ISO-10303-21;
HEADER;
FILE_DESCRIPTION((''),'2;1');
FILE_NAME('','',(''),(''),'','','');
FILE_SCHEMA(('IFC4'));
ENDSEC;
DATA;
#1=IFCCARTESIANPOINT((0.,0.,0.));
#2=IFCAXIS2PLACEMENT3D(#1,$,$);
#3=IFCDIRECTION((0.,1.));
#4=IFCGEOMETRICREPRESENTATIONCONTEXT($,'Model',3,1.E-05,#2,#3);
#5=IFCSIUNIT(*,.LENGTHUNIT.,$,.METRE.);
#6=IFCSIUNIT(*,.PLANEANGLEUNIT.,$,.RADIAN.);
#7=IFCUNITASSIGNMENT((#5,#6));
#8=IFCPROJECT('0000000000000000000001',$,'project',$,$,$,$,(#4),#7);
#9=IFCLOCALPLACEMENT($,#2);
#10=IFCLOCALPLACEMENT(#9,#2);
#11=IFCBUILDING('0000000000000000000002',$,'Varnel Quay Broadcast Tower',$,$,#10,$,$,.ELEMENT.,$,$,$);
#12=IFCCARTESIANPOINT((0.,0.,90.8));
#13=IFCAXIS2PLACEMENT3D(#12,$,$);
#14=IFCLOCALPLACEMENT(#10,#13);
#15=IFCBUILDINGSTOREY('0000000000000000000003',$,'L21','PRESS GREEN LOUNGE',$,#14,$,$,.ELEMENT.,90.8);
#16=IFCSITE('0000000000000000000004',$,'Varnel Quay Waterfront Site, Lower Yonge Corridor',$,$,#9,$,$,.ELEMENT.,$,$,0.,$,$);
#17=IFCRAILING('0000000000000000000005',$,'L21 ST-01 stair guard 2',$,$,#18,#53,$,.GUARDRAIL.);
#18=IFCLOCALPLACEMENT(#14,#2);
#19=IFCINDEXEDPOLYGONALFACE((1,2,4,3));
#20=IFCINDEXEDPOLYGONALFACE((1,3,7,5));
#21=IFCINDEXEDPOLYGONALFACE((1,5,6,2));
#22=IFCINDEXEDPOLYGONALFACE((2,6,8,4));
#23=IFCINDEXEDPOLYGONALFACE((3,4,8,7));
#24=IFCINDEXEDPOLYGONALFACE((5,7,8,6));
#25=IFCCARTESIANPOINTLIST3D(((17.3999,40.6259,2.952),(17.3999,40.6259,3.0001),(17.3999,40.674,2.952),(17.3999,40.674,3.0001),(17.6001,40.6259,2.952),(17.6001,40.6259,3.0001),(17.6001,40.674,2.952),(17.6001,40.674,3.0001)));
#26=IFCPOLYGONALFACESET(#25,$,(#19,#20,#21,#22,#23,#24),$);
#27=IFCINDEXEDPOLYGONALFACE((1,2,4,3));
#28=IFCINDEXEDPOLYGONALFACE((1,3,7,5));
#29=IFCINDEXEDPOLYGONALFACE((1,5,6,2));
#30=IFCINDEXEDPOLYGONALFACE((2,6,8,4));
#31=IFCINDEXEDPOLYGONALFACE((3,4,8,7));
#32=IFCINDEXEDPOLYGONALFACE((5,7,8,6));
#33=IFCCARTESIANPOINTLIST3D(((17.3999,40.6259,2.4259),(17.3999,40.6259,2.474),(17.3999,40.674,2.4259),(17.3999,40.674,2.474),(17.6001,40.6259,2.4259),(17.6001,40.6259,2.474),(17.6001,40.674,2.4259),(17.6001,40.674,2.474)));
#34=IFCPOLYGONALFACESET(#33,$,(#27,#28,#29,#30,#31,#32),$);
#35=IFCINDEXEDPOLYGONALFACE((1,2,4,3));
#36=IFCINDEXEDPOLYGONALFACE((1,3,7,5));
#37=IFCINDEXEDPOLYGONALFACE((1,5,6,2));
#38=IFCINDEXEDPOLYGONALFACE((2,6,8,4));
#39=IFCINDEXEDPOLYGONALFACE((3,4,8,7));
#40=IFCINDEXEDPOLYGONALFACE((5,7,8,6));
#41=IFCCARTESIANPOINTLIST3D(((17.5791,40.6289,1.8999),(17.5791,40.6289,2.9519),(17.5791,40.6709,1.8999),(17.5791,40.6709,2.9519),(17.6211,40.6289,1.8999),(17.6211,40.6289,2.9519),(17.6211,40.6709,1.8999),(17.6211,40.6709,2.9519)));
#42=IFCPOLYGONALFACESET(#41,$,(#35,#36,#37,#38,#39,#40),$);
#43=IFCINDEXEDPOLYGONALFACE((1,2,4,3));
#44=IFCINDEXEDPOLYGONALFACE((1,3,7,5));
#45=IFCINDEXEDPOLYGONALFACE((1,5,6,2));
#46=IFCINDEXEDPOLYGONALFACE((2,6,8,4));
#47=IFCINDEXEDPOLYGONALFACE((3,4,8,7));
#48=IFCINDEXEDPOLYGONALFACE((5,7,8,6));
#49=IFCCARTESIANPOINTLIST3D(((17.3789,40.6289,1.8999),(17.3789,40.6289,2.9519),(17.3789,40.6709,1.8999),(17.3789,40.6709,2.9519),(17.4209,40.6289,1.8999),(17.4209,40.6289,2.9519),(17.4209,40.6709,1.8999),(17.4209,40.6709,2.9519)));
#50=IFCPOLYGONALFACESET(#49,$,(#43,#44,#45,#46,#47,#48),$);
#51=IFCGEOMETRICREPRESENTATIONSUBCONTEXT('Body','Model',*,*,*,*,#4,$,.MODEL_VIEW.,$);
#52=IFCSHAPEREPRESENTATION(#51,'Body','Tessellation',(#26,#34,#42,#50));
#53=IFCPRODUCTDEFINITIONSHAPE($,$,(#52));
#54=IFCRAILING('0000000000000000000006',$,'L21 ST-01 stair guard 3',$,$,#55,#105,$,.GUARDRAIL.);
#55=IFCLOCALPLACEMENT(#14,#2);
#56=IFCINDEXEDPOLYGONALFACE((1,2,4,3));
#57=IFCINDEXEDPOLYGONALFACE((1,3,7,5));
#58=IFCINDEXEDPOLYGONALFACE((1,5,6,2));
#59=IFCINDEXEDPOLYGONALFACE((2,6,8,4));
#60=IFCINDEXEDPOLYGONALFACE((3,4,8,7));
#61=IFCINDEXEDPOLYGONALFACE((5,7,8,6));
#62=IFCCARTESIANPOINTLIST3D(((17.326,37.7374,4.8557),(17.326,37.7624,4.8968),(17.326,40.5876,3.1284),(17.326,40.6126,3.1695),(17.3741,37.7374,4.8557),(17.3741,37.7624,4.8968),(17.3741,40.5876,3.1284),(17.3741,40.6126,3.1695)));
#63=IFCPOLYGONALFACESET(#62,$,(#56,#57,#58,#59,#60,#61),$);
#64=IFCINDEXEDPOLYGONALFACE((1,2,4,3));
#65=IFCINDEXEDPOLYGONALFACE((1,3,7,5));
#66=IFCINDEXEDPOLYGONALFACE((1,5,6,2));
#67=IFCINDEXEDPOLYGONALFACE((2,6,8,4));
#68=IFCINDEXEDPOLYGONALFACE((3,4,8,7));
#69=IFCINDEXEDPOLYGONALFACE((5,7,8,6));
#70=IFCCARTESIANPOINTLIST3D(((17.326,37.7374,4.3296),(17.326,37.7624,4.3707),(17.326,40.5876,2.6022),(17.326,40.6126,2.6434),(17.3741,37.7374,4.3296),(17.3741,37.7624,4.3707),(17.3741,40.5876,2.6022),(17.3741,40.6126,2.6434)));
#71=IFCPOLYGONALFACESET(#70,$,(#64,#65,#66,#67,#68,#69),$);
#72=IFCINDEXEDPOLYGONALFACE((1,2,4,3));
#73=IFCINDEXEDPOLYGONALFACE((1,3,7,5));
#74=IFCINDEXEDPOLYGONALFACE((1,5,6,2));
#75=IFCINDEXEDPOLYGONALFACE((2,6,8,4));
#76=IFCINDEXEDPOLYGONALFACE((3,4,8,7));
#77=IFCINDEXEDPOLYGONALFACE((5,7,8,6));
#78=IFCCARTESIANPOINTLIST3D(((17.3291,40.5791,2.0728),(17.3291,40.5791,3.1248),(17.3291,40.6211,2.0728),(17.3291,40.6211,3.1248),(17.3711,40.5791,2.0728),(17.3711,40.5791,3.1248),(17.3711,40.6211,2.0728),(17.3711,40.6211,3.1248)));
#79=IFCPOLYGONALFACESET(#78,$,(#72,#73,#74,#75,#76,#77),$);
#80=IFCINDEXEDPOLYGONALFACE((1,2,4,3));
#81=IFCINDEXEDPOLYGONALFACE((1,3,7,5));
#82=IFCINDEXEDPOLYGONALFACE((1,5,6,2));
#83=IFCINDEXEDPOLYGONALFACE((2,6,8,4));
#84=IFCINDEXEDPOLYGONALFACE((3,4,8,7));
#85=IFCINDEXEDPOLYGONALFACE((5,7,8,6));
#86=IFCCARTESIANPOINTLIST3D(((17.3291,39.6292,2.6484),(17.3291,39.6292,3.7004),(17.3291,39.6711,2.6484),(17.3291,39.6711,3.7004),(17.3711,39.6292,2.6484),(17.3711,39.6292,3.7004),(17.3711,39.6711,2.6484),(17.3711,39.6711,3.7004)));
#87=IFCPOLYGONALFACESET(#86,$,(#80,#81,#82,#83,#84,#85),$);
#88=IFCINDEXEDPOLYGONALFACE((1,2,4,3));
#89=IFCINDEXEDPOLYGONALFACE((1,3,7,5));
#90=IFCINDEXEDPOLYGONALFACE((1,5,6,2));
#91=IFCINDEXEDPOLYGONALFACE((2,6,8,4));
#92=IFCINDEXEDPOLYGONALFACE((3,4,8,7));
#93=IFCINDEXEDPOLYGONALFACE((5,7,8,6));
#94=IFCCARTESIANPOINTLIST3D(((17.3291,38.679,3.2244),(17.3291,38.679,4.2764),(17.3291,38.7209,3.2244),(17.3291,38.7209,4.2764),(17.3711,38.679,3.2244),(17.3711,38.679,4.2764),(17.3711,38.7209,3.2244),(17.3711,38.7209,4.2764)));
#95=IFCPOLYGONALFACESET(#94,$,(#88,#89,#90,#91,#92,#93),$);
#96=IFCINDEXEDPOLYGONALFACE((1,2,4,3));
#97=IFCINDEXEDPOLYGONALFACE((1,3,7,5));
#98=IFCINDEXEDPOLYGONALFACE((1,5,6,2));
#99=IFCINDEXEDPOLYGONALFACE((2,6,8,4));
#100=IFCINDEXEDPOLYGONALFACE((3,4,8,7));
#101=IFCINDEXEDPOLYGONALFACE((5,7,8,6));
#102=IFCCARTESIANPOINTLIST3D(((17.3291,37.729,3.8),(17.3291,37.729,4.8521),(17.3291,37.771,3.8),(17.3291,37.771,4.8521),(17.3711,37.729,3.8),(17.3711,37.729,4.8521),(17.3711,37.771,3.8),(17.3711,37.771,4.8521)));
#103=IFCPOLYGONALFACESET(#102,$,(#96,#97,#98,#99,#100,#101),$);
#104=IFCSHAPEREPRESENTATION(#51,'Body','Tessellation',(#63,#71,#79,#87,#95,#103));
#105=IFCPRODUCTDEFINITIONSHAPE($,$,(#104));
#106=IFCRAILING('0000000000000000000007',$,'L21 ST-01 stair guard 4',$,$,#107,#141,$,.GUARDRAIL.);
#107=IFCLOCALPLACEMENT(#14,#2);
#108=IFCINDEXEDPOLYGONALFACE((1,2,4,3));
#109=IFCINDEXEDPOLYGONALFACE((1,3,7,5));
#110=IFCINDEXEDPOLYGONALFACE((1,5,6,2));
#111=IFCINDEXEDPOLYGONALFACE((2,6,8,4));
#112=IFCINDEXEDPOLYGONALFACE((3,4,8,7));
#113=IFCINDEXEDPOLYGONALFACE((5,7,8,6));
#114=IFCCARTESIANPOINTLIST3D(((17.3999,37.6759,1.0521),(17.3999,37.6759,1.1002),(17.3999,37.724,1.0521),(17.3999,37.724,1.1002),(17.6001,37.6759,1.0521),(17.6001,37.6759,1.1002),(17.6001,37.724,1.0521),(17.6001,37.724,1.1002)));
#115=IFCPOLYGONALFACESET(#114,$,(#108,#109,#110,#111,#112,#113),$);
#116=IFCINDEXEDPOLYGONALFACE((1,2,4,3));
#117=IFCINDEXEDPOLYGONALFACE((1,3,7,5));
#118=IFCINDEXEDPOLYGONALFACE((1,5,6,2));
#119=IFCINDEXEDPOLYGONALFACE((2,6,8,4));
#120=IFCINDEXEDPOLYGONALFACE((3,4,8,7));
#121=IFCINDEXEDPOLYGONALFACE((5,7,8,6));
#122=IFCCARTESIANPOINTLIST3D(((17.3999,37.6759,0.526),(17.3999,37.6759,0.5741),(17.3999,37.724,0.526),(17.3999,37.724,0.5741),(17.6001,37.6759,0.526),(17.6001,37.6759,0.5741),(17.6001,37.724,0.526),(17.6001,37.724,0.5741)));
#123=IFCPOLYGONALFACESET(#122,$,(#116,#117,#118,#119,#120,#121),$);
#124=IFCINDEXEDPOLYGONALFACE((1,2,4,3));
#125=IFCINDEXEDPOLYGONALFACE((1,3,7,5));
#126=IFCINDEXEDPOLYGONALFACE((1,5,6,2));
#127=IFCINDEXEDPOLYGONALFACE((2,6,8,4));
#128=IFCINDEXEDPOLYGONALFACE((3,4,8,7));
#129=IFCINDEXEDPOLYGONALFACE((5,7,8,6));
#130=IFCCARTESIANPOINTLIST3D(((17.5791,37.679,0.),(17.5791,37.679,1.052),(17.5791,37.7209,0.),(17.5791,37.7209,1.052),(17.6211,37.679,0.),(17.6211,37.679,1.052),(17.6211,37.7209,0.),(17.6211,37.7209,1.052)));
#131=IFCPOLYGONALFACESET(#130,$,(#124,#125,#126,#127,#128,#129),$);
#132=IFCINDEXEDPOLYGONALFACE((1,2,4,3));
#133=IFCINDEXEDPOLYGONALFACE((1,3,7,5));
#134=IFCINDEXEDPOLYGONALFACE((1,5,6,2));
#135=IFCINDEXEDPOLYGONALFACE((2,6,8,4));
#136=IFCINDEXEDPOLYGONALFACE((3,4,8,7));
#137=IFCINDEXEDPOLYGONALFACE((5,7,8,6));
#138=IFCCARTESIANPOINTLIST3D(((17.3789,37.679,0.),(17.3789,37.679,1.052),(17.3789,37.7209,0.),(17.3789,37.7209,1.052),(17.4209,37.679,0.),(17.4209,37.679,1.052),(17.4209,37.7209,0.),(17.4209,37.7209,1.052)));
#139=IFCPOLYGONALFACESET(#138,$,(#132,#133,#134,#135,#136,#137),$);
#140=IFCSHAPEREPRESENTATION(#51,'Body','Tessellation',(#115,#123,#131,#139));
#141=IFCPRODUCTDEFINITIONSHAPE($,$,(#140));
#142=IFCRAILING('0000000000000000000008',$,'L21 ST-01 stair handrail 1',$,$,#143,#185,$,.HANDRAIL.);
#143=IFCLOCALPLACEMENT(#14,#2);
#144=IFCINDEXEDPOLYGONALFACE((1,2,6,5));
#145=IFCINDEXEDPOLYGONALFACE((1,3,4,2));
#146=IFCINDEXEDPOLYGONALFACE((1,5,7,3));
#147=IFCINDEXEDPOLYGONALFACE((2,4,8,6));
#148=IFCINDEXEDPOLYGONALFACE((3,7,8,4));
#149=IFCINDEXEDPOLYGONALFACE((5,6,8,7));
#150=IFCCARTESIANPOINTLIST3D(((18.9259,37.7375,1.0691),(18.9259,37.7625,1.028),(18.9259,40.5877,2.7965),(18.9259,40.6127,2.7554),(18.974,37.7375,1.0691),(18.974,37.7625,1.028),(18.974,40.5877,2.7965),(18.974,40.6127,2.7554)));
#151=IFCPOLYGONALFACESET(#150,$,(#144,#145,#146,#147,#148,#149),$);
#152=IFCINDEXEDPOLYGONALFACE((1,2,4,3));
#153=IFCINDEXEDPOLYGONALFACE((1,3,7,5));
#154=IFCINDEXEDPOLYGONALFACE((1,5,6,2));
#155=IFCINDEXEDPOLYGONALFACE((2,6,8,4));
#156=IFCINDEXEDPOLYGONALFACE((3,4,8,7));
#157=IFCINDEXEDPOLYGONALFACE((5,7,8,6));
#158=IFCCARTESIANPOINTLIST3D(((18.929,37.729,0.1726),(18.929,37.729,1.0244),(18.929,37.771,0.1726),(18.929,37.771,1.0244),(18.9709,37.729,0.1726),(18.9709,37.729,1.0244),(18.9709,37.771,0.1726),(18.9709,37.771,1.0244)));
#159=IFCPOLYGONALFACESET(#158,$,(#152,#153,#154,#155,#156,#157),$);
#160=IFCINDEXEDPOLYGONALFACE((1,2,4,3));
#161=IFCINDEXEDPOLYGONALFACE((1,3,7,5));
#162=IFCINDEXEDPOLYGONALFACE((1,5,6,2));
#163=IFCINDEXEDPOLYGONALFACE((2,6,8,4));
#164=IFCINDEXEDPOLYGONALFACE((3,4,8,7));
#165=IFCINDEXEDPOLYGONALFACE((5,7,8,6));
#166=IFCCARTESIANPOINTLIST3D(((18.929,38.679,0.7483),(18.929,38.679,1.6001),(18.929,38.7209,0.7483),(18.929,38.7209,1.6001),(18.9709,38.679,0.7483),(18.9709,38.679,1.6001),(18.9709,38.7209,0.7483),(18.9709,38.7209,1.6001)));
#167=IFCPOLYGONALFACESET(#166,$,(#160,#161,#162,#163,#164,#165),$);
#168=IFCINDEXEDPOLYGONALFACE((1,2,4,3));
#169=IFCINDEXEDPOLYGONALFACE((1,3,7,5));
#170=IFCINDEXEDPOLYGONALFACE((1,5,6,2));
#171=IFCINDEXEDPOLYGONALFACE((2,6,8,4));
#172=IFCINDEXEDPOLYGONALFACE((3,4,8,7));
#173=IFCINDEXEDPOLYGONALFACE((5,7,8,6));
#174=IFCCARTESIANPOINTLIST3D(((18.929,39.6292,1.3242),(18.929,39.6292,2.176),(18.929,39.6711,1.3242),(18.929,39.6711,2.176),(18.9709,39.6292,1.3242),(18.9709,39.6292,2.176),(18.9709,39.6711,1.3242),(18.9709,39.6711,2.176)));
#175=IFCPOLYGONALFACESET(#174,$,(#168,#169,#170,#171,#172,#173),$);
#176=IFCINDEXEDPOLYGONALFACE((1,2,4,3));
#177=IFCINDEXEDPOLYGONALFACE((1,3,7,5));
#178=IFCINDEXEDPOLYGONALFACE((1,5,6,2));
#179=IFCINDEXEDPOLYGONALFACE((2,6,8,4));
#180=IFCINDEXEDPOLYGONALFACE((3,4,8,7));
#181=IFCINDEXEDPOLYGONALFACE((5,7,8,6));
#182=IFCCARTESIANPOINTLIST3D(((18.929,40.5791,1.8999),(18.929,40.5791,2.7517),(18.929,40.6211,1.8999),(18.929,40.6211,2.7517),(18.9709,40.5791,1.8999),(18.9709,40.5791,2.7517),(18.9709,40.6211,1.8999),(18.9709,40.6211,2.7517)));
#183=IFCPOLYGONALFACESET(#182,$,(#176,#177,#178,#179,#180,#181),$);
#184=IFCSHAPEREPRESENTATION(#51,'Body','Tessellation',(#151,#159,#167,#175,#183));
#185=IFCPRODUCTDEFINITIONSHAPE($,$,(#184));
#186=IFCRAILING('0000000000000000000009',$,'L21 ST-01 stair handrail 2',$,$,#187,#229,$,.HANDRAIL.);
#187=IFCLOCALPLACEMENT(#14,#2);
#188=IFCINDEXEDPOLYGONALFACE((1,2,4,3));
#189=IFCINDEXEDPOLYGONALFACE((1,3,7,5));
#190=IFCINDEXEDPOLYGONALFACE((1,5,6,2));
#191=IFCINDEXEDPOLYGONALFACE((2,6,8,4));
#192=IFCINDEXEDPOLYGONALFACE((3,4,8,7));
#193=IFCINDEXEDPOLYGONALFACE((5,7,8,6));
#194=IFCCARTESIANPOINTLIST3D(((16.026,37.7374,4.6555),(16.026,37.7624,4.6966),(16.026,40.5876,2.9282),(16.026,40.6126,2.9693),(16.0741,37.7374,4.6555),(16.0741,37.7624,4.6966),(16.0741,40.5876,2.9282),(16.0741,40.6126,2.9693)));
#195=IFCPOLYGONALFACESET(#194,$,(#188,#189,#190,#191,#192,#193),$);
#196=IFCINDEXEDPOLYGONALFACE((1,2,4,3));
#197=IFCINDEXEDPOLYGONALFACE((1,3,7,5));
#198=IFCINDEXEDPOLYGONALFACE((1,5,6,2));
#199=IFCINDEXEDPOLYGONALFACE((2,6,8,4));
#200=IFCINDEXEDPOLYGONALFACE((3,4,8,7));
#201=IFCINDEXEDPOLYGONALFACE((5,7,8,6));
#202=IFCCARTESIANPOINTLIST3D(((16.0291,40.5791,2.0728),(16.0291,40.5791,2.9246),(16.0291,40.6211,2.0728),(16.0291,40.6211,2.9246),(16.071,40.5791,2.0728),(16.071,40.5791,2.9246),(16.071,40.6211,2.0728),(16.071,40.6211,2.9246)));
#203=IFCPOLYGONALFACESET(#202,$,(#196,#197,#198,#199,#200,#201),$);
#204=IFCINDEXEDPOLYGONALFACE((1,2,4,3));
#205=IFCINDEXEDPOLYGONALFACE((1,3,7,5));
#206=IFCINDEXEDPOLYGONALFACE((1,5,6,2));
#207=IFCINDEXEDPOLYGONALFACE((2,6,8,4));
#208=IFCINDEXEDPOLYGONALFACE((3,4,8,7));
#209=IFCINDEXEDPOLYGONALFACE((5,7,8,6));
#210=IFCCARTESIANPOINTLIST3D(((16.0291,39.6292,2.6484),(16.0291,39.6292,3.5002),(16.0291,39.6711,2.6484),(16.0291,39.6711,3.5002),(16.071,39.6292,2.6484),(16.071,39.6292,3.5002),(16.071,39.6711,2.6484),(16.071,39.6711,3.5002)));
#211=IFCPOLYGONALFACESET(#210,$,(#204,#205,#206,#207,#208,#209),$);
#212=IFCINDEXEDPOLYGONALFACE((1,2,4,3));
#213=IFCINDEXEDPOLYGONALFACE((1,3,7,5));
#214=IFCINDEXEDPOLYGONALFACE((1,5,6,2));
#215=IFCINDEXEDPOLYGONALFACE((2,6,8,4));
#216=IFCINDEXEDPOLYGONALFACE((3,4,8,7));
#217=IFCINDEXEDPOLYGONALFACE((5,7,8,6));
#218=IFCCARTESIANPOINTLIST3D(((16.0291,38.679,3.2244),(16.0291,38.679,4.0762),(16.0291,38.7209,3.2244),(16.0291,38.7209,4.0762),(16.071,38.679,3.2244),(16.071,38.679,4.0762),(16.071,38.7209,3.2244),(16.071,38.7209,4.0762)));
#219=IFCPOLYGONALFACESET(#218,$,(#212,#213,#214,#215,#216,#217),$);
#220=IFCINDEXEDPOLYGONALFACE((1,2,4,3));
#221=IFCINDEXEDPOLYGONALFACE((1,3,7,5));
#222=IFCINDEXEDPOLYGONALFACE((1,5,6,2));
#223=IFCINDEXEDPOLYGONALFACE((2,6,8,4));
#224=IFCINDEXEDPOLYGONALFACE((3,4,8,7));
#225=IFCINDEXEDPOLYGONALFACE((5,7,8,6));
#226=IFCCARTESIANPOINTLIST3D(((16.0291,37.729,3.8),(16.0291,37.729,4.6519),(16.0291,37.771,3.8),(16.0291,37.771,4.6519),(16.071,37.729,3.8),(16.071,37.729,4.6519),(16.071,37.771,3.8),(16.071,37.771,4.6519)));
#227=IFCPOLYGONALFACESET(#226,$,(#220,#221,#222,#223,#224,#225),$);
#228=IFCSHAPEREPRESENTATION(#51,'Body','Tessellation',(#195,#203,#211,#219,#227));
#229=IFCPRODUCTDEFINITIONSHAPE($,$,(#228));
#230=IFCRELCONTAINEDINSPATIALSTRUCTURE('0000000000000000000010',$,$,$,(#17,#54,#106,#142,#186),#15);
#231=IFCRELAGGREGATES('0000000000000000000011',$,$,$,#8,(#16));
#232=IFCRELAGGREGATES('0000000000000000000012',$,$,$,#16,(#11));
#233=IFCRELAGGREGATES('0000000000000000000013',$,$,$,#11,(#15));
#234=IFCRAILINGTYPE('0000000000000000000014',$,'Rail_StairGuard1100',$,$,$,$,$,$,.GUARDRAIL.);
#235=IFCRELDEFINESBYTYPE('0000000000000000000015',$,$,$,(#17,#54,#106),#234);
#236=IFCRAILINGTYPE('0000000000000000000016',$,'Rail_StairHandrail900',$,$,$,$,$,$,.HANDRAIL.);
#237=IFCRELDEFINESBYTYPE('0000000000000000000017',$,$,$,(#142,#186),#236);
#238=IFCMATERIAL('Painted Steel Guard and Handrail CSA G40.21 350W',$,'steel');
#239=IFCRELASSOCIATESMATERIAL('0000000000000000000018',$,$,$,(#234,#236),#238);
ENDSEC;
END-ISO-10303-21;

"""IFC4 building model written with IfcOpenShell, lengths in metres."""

from ifc_helpers import new_model, si_unit, direction, frame, origin, origin_2d, place, context, subcontext, project, spatial, rectangle, extrude, material, type_object, element, save


model = new_model("IFC4")

# Units and contexts
model_context = context("Model", 3, precision=1e-05, world=origin(), true_north=direction((0.0, 1.0)))
body_context = subcontext(model_context, "Body", "Model", "MODEL_VIEW")
ifc_project = project(units=[si_unit("LENGTHUNIT", "METRE"), si_unit("PLANEANGLEUNIT", "RADIAN")], contexts=[model_context])

# Site, building, storey
site_placement = place(None, origin())
site = spatial("IfcSite", under=ifc_project, at=site_placement, Name="Varnel Quay Waterfront Site, Lower Yonge Corridor", CompositionType="ELEMENT", RefElevation=0.0)
building_placement = place(site_placement, origin())
building = spatial("IfcBuilding", under=site, at=building_placement, Name="Varnel Quay Broadcast Tower", CompositionType="ELEMENT")
storey_placement = place(building_placement, frame((0.0, 0.0, 90.8)))
storey = spatial("IfcBuildingStorey", under=building, at=storey_placement, Name="L21", Description="PRESS GREEN LOUNGE", CompositionType="ELEMENT", Elevation=90.8)

# Railings
ifc_material_1 = material(Name="Painted Steel Guard and Handrail CSA G40.21 350W", Category="steel")
railing_type_1 = type_object("IfcRailingType", Name="Rail_StairGuard1100", PredefinedType="GUARDRAIL", material=ifc_material_1)
railing_1_placement = place(storey_placement, frame((17.6001, 40.6499, 1.8999)))
element("IfcRailing", 1, at=railing_1_placement, inside=storey, type_object=railing_type_1, Name="L21 ST-01 stair guard 2", PredefinedType="GUARDRAIL", context=body_context, shape_type="SweptSolid", body=[
    extrude(rectangle(XDim=0.0481, YDim=0.0481, at=origin_2d()), frame((0.0, 0.0, 1.0762), z_axis=(-1.0, 0.0, 0.0), x_axis=(0.0, -1.0, 0.0)), (0.0, 0.0, 1.0), 0.2002),
    extrude(rectangle(XDim=0.0481, YDim=0.0481, at=origin_2d()), frame((0.0, 0.0, 0.55), z_axis=(-1.0, 0.0, 0.0), x_axis=(0.0, -1.0, 0.0)), (0.0, 0.0, 1.0), 0.2002),
    extrude(rectangle(XDim=0.042, YDim=0.042, at=origin_2d()), origin(), (0.0, 0.0, 1.0), 1.052),
    extrude(rectangle(XDim=0.042, YDim=0.042, at=origin_2d()), frame((-0.2002, 0.0, 0.0)), (0.0, 0.0, 1.0), 1.052),
])
railing_2_placement = place(storey_placement, frame((17.3501, 40.6001, 2.0728)))
element("IfcRailing", 2, at=railing_2_placement, inside=storey, type_object=railing_type_1, Name="L21 ST-01 stair guard 3", PredefinedType="GUARDRAIL", context=body_context, shape_type="SweptSolid", body=[
    extrude(rectangle(XDim=0.0481, YDim=0.0481, at=origin_2d()), frame((0.0, 0.0, 1.0762), z_axis=(0.0, -0.855203, 0.518294), x_axis=(1.0, 0.0, 0.0)), (0.0, 0.0, 1.0), 3.3328),
    extrude(rectangle(XDim=0.0481, YDim=0.0481, at=origin_2d()), frame((0.0, 0.0, 0.55), z_axis=(0.0, -0.855203, 0.518294), x_axis=(1.0, 0.0, 0.0)), (0.0, 0.0, 1.0), 3.3328),
    extrude(rectangle(XDim=0.042, YDim=0.042, at=origin_2d()), origin(), (0.0, 0.0, 1.0), 1.052),
    extrude(rectangle(XDim=0.042, YDim=0.042, at=origin_2d()), frame((0.0, -0.95, 0.5757)), (0.0, 0.0, 1.0), 1.052),
    extrude(rectangle(XDim=0.042, YDim=0.042, at=origin_2d()), frame((0.0, -1.9001, 1.1516)), (0.0, 0.0, 1.0), 1.052),
    extrude(rectangle(XDim=0.042, YDim=0.042, at=origin_2d()), frame((0.0, -2.8501, 1.7273)), (0.0, 0.0, 1.0), 1.052),
])
railing_3_placement = place(storey_placement, frame((17.6001, 37.7, 0.0)))
element("IfcRailing", 3, at=railing_3_placement, inside=storey, type_object=railing_type_1, Name="L21 ST-01 stair guard 4", PredefinedType="GUARDRAIL", context=body_context, shape_type="SweptSolid", body=[
    extrude(rectangle(XDim=0.0481, YDim=0.0481, at=origin_2d()), frame((0.0, 0.0, 1.0762), z_axis=(-1.0, 0.0, 0.0), x_axis=(0.0, -1.0, 0.0)), (0.0, 0.0, 1.0), 0.2002),
    extrude(rectangle(XDim=0.0481, YDim=0.0481, at=origin_2d()), frame((0.0, 0.0, 0.55), z_axis=(-1.0, 0.0, 0.0), x_axis=(0.0, -1.0, 0.0)), (0.0, 0.0, 1.0), 0.2002),
    extrude(rectangle(XDim=0.042, YDim=0.042, at=origin_2d()), origin(), (0.0, 0.0, 1.0), 1.052),
    extrude(rectangle(XDim=0.042, YDim=0.042, at=origin_2d()), frame((-0.2002, 0.0, 0.0)), (0.0, 0.0, 1.0), 1.052),
])
railing_type_2 = type_object("IfcRailingType", Name="Rail_StairHandrail900", PredefinedType="HANDRAIL", material=ifc_material_1)
railing_4_placement = place(storey_placement, frame((18.95, 37.75, 0.1726)))
element("IfcRailing", 4, at=railing_4_placement, inside=storey, type_object=railing_type_2, Name="L21 ST-01 stair handrail 1", PredefinedType="HANDRAIL", context=body_context, shape_type="SweptSolid", body=[
    extrude(rectangle(XDim=0.0481, YDim=0.0481, at=origin_2d()), frame((0.0, 0.0, 0.876), z_axis=(0.0, 0.855203, 0.518294), x_axis=(-1.0, 0.0, 0.0)), (0.0, 0.0, 1.0), 3.3328),
    extrude(rectangle(XDim=0.042, YDim=0.042, at=origin_2d()), origin(), (0.0, 0.0, 1.0), 0.8518),
    extrude(rectangle(XDim=0.042, YDim=0.042, at=origin_2d()), frame((0.0, 0.95, 0.5757)), (0.0, 0.0, 1.0), 0.8518),
    extrude(rectangle(XDim=0.042, YDim=0.042, at=origin_2d()), frame((0.0, 1.9001, 1.1516)), (0.0, 0.0, 1.0), 0.8518),
    extrude(rectangle(XDim=0.042, YDim=0.042, at=origin_2d()), frame((0.0, 2.8501, 1.7273)), (0.0, 0.0, 1.0), 0.8518),
])
railing_5_placement = place(storey_placement, frame((16.05, 40.6001, 2.0728)))
element("IfcRailing", 5, at=railing_5_placement, inside=storey, type_object=railing_type_2, Name="L21 ST-01 stair handrail 2", PredefinedType="HANDRAIL", context=body_context, shape_type="SweptSolid", body=[
    extrude(rectangle(XDim=0.0481, YDim=0.0481, at=origin_2d()), frame((0.0, 0.0, 0.876), z_axis=(0.0, -0.855203, 0.518294), x_axis=(1.0, 0.0, 0.0)), (0.0, 0.0, 1.0), 3.3328),
    extrude(rectangle(XDim=0.042, YDim=0.042, at=origin_2d()), origin(), (0.0, 0.0, 1.0), 0.8518),
    extrude(rectangle(XDim=0.042, YDim=0.042, at=origin_2d()), frame((0.0, -0.95, 0.5757)), (0.0, 0.0, 1.0), 0.8518),
    extrude(rectangle(XDim=0.042, YDim=0.042, at=origin_2d()), frame((0.0, -1.9001, 1.1516)), (0.0, 0.0, 1.0), 0.8518),
    extrude(rectangle(XDim=0.042, YDim=0.042, at=origin_2d()), frame((0.0, -2.8501, 1.7273)), (0.0, 0.0, 1.0), 0.8518),
])

save(model, "model.ifc")
